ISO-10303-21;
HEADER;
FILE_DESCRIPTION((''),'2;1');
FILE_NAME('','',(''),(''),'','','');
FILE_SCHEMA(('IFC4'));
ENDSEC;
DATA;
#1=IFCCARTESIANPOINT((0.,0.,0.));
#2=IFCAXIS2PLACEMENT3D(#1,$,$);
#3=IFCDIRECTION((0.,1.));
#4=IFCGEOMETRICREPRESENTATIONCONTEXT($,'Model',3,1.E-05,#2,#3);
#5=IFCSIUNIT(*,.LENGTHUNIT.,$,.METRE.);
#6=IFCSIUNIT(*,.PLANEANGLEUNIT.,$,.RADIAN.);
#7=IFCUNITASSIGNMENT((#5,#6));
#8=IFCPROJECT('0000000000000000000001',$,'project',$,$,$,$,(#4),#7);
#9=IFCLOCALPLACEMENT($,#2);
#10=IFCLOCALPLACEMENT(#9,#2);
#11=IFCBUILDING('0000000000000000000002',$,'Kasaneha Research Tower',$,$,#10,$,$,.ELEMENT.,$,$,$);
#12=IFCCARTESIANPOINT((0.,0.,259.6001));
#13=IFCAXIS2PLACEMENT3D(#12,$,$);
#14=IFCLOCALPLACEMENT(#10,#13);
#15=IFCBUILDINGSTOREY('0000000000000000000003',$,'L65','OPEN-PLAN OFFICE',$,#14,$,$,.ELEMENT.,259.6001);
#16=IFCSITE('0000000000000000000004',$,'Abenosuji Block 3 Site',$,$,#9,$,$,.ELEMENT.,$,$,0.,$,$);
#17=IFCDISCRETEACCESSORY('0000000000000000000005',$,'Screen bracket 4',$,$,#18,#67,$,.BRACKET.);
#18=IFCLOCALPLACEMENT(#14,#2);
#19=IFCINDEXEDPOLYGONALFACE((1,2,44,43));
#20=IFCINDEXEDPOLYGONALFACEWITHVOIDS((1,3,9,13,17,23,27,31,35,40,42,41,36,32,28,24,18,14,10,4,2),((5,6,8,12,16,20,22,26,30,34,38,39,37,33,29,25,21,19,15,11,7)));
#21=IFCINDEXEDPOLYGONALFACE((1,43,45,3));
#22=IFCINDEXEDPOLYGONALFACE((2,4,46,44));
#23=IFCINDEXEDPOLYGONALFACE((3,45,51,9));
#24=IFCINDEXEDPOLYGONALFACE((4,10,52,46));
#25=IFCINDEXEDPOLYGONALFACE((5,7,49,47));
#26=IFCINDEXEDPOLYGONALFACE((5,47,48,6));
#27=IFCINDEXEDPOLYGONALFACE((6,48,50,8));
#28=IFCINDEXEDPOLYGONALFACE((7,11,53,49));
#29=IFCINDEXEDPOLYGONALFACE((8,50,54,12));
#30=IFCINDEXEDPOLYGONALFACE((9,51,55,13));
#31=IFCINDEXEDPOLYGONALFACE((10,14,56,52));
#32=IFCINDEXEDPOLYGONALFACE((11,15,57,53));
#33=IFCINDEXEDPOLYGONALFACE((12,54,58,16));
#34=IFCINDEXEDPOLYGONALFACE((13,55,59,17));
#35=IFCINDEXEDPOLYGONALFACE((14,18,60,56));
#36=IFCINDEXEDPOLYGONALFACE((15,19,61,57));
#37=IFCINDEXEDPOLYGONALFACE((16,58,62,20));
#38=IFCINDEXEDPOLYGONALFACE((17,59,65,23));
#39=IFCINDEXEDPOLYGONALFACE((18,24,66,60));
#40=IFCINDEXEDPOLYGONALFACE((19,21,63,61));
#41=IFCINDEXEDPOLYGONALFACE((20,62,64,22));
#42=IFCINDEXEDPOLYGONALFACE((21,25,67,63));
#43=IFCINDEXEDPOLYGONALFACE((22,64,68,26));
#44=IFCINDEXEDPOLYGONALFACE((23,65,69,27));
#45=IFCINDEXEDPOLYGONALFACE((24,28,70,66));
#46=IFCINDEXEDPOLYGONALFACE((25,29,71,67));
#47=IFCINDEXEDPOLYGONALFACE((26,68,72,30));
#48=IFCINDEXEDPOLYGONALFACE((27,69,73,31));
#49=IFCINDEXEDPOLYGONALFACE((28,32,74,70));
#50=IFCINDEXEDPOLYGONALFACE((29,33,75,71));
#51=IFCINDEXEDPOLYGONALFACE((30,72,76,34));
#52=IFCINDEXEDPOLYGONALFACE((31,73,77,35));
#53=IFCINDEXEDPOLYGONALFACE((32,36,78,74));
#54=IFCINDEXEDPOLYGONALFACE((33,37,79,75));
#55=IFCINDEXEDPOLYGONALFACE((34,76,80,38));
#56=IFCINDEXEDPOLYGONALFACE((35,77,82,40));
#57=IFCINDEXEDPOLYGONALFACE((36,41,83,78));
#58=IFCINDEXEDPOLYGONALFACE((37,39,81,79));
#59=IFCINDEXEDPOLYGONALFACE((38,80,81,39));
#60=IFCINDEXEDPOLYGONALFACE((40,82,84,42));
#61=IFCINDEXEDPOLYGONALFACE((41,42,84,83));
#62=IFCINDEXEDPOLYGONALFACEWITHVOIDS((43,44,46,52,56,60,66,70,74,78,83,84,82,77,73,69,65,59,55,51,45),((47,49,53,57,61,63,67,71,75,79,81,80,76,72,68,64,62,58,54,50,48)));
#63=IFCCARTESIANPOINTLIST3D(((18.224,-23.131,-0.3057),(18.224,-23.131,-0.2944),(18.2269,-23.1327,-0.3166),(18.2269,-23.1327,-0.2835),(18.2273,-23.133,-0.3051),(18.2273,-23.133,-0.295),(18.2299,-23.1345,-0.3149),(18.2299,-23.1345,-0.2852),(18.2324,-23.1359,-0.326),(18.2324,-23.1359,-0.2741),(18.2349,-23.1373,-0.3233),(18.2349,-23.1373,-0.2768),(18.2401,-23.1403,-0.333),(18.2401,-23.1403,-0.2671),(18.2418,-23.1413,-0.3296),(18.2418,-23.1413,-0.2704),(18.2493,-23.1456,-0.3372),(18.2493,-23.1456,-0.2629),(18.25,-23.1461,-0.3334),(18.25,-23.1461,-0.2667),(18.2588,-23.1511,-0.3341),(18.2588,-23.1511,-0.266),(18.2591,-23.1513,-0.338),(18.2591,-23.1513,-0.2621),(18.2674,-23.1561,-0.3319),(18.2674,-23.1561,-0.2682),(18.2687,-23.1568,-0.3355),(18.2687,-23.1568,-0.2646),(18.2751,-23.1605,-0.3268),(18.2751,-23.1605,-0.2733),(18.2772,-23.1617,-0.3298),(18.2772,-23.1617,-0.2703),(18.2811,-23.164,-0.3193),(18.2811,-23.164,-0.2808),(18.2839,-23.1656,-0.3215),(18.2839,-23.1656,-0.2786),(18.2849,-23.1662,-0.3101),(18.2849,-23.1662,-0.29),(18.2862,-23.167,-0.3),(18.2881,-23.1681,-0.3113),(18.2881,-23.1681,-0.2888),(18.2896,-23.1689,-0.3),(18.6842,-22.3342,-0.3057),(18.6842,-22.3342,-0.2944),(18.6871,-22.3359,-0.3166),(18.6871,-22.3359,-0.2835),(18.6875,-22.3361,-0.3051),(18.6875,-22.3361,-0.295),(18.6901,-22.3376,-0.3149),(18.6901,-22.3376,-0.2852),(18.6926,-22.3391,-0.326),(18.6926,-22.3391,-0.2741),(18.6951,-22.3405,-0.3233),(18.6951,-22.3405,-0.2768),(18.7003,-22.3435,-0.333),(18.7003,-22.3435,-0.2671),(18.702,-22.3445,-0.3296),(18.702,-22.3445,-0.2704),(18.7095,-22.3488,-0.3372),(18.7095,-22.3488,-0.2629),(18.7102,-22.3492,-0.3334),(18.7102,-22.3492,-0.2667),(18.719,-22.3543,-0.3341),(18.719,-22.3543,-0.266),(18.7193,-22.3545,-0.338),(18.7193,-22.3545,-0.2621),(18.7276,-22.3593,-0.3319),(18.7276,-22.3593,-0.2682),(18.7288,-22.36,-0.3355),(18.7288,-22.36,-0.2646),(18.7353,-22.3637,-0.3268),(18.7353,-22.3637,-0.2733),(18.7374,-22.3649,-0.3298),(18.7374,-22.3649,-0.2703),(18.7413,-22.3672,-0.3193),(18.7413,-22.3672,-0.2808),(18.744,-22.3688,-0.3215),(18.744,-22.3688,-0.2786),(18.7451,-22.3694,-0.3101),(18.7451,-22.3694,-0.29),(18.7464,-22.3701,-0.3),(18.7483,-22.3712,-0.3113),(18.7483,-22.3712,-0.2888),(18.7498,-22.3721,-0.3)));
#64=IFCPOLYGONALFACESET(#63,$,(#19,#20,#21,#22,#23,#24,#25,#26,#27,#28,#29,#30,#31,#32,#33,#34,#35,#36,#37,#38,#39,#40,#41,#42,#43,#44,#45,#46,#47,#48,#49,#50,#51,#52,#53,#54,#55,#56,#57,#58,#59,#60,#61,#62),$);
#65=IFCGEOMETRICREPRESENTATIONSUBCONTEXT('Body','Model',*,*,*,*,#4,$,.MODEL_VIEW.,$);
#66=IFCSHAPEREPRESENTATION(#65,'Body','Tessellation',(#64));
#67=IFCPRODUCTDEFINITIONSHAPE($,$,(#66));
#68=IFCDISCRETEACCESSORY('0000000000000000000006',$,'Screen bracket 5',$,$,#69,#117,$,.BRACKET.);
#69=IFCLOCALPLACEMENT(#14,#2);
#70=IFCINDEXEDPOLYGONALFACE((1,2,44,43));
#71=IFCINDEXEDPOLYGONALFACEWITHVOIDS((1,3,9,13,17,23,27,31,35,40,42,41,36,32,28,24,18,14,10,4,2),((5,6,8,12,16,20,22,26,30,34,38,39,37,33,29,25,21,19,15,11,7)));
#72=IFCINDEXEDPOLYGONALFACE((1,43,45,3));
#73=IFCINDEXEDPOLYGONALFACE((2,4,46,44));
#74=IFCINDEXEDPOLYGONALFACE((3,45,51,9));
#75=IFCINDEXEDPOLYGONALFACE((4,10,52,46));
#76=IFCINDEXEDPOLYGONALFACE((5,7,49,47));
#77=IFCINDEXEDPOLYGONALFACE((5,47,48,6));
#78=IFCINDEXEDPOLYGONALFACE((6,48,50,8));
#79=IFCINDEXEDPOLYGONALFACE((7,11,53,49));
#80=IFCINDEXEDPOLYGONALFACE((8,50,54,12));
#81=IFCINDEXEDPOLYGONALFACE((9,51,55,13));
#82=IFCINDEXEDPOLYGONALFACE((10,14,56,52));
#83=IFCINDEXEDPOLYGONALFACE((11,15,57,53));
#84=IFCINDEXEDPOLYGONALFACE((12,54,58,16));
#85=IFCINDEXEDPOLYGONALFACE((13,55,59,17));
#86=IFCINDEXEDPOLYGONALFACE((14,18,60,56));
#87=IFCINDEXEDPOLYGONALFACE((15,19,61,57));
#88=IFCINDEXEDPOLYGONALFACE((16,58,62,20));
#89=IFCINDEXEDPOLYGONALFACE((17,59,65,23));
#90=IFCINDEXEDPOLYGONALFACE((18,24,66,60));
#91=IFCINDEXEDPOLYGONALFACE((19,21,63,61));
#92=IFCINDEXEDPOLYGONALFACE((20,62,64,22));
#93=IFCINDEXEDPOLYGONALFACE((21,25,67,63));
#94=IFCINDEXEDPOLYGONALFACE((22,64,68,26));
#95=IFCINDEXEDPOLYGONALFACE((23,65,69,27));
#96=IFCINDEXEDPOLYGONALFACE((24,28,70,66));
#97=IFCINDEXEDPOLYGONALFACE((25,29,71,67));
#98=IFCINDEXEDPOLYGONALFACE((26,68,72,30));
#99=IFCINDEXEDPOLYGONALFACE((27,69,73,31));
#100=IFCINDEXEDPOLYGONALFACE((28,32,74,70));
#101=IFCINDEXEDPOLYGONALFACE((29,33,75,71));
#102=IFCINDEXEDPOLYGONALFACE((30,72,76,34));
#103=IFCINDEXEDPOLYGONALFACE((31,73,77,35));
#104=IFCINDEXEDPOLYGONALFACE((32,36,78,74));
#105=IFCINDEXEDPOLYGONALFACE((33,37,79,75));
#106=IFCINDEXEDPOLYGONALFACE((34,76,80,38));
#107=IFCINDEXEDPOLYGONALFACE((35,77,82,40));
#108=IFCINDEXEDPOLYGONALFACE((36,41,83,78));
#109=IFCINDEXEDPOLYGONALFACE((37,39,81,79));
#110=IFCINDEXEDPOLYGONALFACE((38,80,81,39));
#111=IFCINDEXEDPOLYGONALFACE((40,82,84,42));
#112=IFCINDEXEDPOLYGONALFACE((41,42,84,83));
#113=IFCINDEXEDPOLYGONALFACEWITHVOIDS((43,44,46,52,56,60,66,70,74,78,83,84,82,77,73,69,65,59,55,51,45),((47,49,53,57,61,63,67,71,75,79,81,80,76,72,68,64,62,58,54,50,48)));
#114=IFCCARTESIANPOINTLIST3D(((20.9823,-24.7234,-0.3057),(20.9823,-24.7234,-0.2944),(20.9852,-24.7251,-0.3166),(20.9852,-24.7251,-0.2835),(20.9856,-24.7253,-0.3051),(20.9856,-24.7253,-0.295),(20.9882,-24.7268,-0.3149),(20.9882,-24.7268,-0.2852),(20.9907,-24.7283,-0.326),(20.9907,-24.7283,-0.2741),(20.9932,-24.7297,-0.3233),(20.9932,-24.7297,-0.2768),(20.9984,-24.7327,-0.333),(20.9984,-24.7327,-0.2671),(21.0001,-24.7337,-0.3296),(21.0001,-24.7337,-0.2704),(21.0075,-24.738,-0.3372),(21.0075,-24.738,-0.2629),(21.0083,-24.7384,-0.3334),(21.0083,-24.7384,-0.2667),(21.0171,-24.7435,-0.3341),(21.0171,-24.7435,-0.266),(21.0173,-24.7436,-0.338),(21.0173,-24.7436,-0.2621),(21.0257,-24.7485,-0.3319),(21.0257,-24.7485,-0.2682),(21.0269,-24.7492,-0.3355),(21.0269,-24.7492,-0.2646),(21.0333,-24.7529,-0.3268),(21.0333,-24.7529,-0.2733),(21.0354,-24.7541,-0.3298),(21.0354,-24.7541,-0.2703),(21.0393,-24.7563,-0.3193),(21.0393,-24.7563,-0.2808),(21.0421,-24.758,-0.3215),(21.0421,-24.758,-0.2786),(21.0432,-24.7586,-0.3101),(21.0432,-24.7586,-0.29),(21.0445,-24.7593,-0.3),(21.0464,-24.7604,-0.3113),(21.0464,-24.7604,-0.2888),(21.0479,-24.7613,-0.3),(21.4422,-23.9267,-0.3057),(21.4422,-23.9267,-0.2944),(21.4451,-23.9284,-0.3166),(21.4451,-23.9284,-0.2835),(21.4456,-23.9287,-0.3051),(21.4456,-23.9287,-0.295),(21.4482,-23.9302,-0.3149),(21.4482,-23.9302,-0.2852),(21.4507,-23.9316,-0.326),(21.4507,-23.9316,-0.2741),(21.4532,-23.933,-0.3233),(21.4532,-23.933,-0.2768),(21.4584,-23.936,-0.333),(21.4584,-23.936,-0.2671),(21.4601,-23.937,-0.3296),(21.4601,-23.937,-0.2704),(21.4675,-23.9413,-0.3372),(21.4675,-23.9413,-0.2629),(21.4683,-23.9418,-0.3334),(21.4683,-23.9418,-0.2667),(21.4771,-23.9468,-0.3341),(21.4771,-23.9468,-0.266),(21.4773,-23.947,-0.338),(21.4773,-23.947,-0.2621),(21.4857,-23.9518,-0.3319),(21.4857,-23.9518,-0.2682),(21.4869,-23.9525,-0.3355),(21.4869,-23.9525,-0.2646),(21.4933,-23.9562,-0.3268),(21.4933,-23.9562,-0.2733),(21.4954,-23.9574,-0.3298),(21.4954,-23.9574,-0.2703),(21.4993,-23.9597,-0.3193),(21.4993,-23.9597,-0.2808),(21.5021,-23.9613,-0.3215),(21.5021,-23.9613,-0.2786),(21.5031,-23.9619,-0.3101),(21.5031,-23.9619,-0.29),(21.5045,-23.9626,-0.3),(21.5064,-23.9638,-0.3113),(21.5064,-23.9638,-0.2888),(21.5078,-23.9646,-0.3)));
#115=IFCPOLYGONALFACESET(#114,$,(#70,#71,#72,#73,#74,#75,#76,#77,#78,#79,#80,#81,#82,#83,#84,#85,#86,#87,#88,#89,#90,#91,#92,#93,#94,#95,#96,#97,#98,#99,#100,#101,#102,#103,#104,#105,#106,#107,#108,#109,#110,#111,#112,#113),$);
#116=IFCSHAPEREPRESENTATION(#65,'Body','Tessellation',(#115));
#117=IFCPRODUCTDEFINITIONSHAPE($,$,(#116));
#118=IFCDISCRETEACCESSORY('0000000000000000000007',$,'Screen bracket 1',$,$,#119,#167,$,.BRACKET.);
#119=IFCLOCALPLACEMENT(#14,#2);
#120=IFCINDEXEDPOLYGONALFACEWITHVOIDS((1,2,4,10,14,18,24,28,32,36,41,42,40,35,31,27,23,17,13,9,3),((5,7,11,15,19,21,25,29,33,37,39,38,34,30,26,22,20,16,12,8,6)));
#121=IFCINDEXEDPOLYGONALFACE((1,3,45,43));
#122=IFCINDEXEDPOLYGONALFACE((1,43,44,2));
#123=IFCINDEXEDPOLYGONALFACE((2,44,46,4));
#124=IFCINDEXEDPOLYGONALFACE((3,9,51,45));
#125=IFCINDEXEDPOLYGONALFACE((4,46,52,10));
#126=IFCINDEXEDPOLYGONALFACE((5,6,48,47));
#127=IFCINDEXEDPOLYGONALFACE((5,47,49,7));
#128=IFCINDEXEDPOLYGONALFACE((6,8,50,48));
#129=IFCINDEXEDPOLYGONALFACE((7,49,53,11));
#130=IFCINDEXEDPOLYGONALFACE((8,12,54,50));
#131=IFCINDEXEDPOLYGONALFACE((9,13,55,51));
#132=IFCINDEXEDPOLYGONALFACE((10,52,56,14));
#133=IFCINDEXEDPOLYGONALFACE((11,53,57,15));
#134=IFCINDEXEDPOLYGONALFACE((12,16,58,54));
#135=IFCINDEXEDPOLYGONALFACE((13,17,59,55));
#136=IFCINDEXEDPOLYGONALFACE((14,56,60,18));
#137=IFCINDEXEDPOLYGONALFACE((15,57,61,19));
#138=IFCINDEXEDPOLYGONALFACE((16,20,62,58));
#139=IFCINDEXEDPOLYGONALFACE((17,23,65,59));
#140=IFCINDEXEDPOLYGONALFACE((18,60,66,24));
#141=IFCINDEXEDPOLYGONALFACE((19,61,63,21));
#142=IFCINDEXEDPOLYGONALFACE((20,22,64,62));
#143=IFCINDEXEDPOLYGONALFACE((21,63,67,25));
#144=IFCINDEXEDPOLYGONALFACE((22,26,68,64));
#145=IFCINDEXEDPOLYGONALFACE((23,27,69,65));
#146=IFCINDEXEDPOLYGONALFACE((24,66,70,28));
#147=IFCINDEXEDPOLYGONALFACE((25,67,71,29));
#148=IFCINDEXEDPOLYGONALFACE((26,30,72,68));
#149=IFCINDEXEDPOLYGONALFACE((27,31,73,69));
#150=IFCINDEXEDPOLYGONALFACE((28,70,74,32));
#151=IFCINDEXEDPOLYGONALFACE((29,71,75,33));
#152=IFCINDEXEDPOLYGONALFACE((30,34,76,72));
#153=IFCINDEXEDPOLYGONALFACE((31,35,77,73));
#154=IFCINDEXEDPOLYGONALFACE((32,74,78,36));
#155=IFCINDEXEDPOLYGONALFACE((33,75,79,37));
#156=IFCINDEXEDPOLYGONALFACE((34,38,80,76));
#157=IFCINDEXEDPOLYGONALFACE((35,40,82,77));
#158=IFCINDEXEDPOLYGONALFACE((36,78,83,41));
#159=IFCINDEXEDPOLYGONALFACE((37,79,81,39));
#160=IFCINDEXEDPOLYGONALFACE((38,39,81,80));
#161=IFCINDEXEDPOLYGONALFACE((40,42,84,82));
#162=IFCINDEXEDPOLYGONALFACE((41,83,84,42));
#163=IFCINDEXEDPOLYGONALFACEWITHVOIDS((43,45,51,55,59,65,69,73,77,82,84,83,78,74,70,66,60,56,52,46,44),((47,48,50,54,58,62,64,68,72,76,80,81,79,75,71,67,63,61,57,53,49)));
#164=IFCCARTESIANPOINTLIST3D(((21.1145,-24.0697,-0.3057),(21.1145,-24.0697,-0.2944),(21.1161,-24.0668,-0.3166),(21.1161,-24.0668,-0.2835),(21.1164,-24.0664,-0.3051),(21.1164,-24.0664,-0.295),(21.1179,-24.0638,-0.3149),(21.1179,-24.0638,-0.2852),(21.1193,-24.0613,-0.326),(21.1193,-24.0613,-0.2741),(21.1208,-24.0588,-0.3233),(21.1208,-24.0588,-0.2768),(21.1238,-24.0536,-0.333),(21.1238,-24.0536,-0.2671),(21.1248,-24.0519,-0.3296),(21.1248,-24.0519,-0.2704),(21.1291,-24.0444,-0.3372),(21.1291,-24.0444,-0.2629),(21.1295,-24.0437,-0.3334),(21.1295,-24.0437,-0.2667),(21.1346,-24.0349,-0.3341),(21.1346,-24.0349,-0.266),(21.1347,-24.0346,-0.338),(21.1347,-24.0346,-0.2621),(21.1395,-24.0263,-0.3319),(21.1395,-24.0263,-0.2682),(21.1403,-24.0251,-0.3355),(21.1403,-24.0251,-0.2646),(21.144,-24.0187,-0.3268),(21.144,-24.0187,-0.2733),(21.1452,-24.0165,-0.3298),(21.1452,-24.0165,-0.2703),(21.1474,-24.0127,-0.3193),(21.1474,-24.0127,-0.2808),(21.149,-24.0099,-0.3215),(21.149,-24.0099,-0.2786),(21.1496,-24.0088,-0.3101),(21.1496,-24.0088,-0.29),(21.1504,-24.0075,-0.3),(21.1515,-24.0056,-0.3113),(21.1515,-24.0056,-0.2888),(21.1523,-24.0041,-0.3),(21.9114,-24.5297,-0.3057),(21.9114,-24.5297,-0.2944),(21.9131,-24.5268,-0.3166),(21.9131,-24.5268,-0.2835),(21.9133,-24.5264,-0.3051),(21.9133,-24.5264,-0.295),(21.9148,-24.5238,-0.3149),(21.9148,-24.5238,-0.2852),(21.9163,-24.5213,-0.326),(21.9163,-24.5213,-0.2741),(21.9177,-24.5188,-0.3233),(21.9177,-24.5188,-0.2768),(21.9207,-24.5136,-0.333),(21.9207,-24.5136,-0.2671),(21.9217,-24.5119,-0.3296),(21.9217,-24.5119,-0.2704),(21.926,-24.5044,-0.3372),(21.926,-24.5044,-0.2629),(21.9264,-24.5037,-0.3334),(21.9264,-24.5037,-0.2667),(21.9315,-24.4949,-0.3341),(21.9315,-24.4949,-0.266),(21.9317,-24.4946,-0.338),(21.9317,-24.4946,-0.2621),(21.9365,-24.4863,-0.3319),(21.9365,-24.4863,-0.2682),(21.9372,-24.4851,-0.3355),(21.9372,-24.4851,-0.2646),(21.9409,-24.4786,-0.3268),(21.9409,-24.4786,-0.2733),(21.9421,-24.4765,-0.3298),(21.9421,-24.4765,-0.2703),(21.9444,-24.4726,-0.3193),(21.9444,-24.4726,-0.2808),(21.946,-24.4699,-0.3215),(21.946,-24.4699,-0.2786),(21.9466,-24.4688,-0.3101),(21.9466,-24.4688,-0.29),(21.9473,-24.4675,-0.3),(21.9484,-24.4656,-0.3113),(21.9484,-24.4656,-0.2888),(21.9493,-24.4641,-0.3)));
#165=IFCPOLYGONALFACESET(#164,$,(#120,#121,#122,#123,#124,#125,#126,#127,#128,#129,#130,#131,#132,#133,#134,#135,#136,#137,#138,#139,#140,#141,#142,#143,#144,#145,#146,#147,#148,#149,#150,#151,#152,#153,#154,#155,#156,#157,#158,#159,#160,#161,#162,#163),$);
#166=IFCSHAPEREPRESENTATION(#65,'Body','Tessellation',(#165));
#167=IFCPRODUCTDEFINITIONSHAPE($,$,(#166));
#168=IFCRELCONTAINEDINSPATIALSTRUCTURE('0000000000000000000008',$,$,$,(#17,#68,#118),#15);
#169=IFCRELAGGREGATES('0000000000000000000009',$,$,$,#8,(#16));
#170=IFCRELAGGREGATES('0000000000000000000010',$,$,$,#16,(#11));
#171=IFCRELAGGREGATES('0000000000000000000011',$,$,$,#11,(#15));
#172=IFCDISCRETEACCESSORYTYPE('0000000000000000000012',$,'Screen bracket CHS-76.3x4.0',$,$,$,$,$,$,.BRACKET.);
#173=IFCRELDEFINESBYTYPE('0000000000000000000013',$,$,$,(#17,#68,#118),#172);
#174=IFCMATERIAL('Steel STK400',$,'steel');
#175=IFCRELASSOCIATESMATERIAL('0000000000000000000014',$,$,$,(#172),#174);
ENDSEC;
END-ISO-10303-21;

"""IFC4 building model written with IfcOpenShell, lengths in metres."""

from ifc_helpers import new_model, si_unit, direction, frame, origin, origin_2d, place, context, subcontext, project, spatial, hollow_circle, extrude, material, material_profile, profile_set, type_object, element, save


model = new_model("IFC4")

# Units and contexts
model_context = context("Model", 3, precision=1e-05, world=origin(), true_north=direction((0.0, 1.0)))
body_context = subcontext(model_context, "Body", "Model", "MODEL_VIEW")
ifc_project = project(units=[si_unit("LENGTHUNIT", "METRE"), si_unit("PLANEANGLEUNIT", "RADIAN")], contexts=[model_context])

# Site, building, storey
site_placement = place(None, origin())
site = spatial("IfcSite", under=ifc_project, at=site_placement, Name="Abenosuji Block 3 Site", CompositionType="ELEMENT", RefElevation=0.0)
building_placement = place(site_placement, origin())
building = spatial("IfcBuilding", under=site, at=building_placement, Name="Kasaneha Research Tower", CompositionType="ELEMENT")
storey_placement = place(building_placement, frame((0.0, 0.0, 259.6001)))
storey = spatial("IfcBuildingStorey", under=building, at=storey_placement, Name="L65", Description="OPEN-PLAN OFFICE", CompositionType="ELEMENT", Elevation=259.6001)

# Discrete accessories
ifc_material_1 = material(Name="Steel STK400", Category="steel")
ifc_material_profile_1 = material_profile(ifc_material_1, hollow_circle(Radius=0.0381, WallThickness=0.0039, at=origin_2d()), Name="CHS-76.3x4.0")
ifc_profile_set_1 = profile_set([ifc_material_profile_1], Name="Steel STK400")
discrete_accessory_type = type_object("IfcDiscreteAccessoryType", Name="Screen bracket CHS-76.3x4.0", PredefinedType="BRACKET", material=ifc_profile_set_1)
discrete_accessory_1_placement = place(storey_placement, frame((18.7168, -22.353, -0.3), z_axis=(-0.500105, -0.865965, 0.0), x_axis=(0.865965, -0.500105, 0.0)))
element("IfcDiscreteAccessory", 1, at=discrete_accessory_1_placement, inside=storey, type_object=discrete_accessory_type, Name="Screen bracket 4", PredefinedType="BRACKET", context=body_context, shape_type="SweptSolid", body=[
    extrude(hollow_circle(Radius=0.0381, WallThickness=0.0039, at=origin_2d()), origin(), (0.0, 0.0, 1.0), 0.9202),
])
discrete_accessory_2_placement = place(storey_placement, frame((21.4749, -23.9456, -0.3), z_axis=(-0.500021, -0.866013, 0.0), x_axis=(0.866013, -0.500021, 0.0)))
element("IfcDiscreteAccessory", 2, at=discrete_accessory_2_placement, inside=storey, type_object=discrete_accessory_type, Name="Screen bracket 5", PredefinedType="BRACKET", context=body_context, shape_type="SweptSolid", body=[
    extrude(hollow_circle(Radius=0.0381, WallThickness=0.0039, at=origin_2d()), origin(), (0.0, 0.0, 1.0), 0.9199),
])
discrete_accessory_3_placement = place(storey_placement, frame((21.1333, -24.0371, -0.3), z_axis=(0.86608, -0.499906, 0.0), x_axis=(0.499906, 0.86608, 0.0)))
element("IfcDiscreteAccessory", 3, at=discrete_accessory_3_placement, inside=storey, type_object=discrete_accessory_type, Name="Screen bracket 1", PredefinedType="BRACKET", context=body_context, shape_type="SweptSolid", body=[
    extrude(hollow_circle(Radius=0.0381, WallThickness=0.0039, at=origin_2d()), origin(), (0.0, 0.0, 1.0), 0.9202),
])

save(model, "model.ifc")
